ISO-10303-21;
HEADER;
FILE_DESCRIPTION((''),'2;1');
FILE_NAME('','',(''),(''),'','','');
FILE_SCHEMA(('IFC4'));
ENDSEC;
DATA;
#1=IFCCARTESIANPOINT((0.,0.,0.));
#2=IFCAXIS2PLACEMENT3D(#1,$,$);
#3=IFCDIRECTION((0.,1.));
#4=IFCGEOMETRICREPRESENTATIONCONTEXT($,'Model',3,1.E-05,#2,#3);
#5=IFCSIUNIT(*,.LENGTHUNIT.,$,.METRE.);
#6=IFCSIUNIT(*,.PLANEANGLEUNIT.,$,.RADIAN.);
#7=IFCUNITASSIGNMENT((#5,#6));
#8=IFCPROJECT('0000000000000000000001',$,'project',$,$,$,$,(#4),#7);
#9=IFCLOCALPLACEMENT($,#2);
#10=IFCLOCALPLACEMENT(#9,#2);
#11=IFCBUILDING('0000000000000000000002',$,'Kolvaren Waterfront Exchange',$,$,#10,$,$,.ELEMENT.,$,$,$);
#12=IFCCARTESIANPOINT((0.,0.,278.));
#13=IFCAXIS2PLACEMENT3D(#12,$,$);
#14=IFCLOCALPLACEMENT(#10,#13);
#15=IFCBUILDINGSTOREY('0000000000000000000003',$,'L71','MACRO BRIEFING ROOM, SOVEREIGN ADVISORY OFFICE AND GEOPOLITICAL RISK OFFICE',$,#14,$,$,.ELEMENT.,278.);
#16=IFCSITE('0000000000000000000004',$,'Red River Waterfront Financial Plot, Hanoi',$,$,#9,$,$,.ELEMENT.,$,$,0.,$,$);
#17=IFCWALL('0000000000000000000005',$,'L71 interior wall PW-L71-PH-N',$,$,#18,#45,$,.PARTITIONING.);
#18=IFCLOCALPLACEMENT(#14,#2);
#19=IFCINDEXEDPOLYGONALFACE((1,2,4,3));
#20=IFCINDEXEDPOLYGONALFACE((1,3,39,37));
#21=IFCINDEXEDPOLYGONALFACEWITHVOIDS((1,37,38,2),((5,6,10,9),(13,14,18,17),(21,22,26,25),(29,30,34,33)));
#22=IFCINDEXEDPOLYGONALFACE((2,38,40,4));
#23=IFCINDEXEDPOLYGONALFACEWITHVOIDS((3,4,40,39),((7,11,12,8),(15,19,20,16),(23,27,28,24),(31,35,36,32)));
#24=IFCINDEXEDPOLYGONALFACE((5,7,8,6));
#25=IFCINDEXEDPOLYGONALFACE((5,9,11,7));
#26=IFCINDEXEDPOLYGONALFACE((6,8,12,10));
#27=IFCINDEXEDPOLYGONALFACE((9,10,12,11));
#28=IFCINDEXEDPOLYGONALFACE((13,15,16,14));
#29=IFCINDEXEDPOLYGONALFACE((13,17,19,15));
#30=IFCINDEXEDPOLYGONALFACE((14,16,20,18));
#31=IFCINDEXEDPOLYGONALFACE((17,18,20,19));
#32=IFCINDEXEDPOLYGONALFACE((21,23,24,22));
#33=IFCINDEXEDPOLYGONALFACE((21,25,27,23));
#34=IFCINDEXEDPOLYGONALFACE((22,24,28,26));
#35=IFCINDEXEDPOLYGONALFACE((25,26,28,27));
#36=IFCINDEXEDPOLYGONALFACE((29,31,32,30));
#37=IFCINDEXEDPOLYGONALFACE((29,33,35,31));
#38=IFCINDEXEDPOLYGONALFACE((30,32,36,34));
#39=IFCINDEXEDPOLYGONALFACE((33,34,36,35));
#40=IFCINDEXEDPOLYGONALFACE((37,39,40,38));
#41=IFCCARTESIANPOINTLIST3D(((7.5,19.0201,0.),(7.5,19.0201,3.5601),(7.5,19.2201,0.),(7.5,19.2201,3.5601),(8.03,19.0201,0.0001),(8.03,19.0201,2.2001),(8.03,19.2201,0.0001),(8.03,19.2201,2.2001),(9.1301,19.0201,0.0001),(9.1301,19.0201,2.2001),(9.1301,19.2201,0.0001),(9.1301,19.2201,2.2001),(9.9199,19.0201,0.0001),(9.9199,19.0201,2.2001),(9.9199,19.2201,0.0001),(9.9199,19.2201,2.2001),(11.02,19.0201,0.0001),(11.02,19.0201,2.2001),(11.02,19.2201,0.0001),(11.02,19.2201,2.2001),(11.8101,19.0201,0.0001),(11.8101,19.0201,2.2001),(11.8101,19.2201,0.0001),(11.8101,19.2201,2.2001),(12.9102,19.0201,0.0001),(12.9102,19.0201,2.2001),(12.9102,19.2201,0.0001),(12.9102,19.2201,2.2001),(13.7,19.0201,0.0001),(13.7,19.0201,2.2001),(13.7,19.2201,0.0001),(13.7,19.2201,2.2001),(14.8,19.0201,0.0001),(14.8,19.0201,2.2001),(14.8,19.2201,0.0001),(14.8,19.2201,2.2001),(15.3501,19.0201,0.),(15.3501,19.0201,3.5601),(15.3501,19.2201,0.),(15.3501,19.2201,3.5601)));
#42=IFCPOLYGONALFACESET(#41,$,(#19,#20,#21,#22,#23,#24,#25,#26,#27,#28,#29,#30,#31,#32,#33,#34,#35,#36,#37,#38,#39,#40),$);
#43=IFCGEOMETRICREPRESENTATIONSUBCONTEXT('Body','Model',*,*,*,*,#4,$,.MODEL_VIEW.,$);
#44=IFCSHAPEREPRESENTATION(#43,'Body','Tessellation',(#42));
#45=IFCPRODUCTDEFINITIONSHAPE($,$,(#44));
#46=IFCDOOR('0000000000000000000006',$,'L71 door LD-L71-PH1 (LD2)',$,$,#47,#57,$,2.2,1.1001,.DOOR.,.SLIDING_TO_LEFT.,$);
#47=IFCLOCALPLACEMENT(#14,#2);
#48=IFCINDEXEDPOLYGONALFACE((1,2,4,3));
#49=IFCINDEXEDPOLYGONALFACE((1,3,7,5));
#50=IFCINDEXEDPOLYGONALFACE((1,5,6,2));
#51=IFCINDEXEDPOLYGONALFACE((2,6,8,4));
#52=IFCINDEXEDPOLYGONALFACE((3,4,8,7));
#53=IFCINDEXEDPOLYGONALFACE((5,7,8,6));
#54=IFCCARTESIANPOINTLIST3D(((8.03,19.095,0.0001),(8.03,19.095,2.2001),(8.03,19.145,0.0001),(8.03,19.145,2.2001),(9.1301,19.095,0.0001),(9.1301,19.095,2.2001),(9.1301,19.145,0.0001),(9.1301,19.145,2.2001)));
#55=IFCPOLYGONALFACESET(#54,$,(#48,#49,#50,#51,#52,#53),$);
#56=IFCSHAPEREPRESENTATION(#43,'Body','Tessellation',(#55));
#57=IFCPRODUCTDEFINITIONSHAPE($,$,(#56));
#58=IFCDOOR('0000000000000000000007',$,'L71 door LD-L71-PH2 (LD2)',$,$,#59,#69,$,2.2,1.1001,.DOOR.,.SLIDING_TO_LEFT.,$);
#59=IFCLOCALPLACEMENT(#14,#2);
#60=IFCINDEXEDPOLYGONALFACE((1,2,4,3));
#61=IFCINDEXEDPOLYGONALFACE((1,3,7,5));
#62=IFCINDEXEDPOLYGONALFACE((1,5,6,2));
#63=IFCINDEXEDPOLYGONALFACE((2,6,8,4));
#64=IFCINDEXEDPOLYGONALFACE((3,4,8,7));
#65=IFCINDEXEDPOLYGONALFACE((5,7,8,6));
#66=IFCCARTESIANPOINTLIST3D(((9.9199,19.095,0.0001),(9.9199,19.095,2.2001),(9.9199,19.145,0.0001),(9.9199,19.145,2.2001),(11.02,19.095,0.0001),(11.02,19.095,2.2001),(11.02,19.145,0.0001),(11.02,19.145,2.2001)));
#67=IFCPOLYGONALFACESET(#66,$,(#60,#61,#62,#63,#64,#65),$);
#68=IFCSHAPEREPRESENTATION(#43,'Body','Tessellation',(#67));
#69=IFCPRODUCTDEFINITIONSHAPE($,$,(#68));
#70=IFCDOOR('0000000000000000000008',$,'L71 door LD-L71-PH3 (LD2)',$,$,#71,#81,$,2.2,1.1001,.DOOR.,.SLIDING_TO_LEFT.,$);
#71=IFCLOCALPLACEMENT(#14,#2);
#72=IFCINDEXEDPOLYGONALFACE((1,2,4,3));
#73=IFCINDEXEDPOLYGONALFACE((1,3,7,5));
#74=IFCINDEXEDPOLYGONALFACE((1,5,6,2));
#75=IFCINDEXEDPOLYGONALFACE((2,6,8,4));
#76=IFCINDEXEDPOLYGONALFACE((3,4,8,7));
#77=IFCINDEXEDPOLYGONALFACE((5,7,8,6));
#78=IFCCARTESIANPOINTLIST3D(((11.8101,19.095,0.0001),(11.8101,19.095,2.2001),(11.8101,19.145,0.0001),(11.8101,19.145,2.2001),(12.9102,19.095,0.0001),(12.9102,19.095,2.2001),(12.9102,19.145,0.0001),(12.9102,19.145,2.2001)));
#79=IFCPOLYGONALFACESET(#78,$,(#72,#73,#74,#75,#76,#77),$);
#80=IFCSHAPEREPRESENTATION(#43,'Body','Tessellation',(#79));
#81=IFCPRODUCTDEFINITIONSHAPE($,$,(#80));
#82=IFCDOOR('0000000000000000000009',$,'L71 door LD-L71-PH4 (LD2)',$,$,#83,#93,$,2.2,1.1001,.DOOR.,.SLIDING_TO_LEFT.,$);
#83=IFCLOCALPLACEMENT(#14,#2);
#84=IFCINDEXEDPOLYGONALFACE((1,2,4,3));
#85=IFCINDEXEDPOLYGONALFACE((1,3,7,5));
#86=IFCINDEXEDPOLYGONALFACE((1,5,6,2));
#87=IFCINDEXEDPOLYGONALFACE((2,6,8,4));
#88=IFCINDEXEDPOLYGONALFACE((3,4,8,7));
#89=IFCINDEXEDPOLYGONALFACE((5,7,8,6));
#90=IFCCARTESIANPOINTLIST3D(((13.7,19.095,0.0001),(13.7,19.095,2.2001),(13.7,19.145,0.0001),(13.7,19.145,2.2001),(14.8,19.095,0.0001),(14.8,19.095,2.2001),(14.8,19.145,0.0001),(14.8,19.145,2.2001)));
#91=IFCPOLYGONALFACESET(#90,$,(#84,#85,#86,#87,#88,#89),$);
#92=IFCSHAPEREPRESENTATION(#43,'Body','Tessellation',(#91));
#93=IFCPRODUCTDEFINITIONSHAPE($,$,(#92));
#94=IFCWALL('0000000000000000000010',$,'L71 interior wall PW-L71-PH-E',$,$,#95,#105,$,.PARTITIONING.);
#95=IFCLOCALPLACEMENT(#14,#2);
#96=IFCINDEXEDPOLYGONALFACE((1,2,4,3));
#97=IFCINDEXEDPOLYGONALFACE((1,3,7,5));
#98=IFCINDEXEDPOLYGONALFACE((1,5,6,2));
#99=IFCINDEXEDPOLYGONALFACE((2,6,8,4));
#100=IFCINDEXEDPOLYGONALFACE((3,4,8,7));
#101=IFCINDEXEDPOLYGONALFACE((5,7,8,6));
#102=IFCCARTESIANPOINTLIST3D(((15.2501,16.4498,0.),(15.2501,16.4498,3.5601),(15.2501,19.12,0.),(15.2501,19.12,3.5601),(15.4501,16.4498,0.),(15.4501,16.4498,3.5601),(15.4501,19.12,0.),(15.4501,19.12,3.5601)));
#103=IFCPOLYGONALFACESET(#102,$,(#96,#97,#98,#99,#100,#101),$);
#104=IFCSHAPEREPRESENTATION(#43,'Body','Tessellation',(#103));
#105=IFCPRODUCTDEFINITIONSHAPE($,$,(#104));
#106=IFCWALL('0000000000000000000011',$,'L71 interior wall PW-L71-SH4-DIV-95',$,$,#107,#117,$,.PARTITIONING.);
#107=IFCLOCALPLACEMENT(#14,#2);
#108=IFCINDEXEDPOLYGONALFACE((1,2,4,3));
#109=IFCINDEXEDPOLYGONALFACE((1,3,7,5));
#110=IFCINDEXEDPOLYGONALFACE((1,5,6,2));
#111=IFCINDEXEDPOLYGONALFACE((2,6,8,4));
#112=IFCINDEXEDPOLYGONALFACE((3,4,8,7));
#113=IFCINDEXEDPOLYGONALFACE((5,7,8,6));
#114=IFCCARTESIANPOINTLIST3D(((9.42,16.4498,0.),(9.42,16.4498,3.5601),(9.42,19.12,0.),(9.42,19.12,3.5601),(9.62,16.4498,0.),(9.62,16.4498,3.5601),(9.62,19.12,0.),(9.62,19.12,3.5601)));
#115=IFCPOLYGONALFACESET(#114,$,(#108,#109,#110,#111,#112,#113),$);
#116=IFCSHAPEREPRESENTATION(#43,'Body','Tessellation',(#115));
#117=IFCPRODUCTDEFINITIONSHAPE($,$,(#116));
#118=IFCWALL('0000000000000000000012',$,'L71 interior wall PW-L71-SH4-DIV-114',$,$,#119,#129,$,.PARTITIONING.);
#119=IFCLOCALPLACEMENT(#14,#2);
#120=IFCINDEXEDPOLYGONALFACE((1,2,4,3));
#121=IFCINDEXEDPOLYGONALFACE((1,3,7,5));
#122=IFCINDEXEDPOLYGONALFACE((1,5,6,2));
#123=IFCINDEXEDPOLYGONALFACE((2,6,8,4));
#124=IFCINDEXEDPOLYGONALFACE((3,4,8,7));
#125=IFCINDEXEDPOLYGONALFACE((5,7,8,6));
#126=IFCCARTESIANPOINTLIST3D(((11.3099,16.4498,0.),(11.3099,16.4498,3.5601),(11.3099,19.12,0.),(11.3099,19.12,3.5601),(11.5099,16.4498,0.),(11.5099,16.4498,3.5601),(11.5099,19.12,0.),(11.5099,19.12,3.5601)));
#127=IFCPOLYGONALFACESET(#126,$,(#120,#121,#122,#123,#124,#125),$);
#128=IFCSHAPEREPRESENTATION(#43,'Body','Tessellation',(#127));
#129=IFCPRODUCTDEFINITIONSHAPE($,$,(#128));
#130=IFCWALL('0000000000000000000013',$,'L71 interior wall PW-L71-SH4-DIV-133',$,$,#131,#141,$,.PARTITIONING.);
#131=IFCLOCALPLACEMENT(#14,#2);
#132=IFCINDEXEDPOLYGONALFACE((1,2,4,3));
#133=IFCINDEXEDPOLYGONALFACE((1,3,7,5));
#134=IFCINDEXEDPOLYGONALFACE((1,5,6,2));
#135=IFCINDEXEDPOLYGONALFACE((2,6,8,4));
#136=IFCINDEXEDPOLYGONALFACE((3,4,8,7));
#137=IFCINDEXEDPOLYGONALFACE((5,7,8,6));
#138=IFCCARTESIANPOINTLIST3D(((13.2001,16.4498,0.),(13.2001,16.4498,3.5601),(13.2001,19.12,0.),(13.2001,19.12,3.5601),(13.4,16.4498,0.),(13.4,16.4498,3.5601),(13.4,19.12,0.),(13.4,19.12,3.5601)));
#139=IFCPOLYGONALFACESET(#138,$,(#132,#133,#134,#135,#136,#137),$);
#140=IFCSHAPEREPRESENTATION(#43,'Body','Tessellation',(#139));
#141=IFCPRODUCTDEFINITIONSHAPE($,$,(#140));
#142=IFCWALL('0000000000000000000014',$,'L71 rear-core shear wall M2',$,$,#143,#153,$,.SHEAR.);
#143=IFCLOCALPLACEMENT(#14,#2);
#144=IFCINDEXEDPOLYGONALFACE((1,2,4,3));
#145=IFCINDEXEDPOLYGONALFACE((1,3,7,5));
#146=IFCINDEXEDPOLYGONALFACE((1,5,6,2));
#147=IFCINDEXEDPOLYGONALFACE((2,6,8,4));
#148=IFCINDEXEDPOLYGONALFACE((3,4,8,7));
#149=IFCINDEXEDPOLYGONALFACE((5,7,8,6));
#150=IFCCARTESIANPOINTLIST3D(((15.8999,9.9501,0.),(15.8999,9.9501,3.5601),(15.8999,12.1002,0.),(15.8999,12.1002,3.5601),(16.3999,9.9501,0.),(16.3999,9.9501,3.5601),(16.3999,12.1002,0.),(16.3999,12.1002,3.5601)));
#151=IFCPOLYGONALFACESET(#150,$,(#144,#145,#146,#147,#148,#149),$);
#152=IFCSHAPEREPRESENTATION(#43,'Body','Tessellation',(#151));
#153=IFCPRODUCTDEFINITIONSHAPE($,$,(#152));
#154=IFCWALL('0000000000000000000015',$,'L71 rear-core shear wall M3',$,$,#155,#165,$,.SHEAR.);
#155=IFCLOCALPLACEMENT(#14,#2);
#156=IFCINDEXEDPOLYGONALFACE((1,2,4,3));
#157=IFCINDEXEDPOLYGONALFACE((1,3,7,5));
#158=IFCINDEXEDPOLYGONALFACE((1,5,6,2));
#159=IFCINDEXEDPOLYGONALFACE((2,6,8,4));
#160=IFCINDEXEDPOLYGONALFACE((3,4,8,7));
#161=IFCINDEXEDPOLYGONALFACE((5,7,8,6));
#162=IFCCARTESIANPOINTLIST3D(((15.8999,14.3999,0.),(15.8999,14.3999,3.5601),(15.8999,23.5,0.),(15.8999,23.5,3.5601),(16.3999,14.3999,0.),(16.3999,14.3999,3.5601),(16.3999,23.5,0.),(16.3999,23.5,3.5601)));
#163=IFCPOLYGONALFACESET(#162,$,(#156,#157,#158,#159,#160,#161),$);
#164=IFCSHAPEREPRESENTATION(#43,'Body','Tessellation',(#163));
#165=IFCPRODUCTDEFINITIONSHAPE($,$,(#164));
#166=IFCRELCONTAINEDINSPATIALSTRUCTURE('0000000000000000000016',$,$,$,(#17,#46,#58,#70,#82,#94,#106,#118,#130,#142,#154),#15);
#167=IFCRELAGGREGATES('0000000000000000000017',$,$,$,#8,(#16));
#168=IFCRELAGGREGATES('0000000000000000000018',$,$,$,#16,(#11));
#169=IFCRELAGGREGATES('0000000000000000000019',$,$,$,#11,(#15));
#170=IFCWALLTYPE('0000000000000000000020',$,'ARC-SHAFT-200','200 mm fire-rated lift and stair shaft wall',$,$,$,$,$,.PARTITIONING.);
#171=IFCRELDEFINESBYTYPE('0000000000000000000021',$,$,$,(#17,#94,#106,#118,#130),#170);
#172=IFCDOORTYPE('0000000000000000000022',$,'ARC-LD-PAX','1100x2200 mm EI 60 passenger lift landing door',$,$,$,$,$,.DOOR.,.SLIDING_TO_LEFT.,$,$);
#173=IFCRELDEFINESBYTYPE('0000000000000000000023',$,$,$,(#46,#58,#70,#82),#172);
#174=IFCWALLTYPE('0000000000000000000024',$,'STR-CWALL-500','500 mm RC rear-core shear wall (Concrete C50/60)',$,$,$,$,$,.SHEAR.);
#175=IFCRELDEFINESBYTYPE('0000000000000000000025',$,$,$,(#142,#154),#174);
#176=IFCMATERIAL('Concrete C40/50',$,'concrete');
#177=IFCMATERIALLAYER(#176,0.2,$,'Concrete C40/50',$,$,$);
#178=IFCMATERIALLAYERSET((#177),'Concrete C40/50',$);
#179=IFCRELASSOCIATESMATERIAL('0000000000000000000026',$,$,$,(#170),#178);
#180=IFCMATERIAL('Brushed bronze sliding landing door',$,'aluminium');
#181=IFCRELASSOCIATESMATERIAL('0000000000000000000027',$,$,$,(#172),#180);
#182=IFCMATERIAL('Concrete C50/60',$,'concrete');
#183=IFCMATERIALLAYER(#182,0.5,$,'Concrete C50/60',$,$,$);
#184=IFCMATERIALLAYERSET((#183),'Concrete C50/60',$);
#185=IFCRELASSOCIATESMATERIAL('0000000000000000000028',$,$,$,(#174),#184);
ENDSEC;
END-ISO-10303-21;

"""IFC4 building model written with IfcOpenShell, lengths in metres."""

from ifc_helpers import new_model, si_unit, direction, frame, frame_2d, origin, place, context, subcontext, project, spatial, rectangle, extrude, material, layer, layer_set, type_object, element, fill, save


model = new_model("IFC4")

# Units and contexts
model_context = context("Model", 3, precision=1e-05, world=origin(), true_north=direction((0.0, 1.0)))
body_context = subcontext(model_context, "Body", "Model", "MODEL_VIEW")
ifc_project = project(units=[si_unit("LENGTHUNIT", "METRE"), si_unit("PLANEANGLEUNIT", "RADIAN")], contexts=[model_context])

# Site, building, storey
site_placement = place(None, origin())
site = spatial("IfcSite", under=ifc_project, at=site_placement, Name="Red River Waterfront Financial Plot, Hanoi", CompositionType="ELEMENT", RefElevation=0.0)
building_placement = place(site_placement, origin())
building = spatial("IfcBuilding", under=site, at=building_placement, Name="Kolvaren Waterfront Exchange", CompositionType="ELEMENT")
storey_placement = place(building_placement, frame((0.0, 0.0, 278.0)))
storey = spatial("IfcBuildingStorey", under=building, at=storey_placement, Name="L71", Description="MACRO BRIEFING ROOM, SOVEREIGN ADVISORY OFFICE AND GEOPOLITICAL RISK OFFICE", CompositionType="ELEMENT", Elevation=278.0)

# Shared definitions
ifc_material_1 = material(Name="Concrete C40/50", Category="concrete")
ifc_layer_1 = layer(ifc_material_1, 0.2, Name="Concrete C40/50")
ifc_layer_set_1 = layer_set([ifc_layer_1], Name="Concrete C40/50")
wall_type_1 = type_object("IfcWallType", Name="ARC-SHAFT-200", Description="200 mm fire-rated lift and stair shaft wall", PredefinedType="PARTITIONING", material=ifc_layer_set_1)

# Wall, openings, doors
wall_1_placement = place(storey_placement, frame((7.5, 19.1201, 0.0), z_axis=(0.0, 0.0, 1.0), x_axis=(1.0, 0.0, 0.0)))
wall_1 = element("IfcWall", 1, at=wall_1_placement, inside=storey, type_object=wall_type_1, Name="L71 interior wall PW-L71-PH-N", PredefinedType="PARTITIONING", context=body_context, shape_type="SweptSolid", body=[
    extrude(rectangle(XDim=7.8501, YDim=0.2, at=frame_2d((3.925, 0.0))), origin(), (0.0, 0.0, 1.0), 3.5601),
])
opening_1_placement = place(wall_1_placement, frame((0.53, 0.0, 0.0)))
opening_1 = element("IfcOpeningElement", 2, at=opening_1_placement, cuts=wall_1, PredefinedType="OPENING", context=body_context, shape_type="SweptSolid", body=[
    extrude(rectangle(XDim=1.1001, YDim=2.2, at=frame_2d((0.55, 1.1001))), frame((0.0, 0.1099, 0.0), z_axis=(0.0, -1.0, 0.0), x_axis=(1.0, 0.0, 0.0)), (0.0, 0.0, 1.0), 0.22),
])
opening_2_placement = place(wall_1_placement, frame((2.4199, 0.0, 0.0)))
opening_2 = element("IfcOpeningElement", 3, at=opening_2_placement, cuts=wall_1, PredefinedType="OPENING", context=body_context, shape_type="SweptSolid", body=[
    extrude(rectangle(XDim=1.1001, YDim=2.2, at=frame_2d((0.55, 1.1001))), frame((0.0, 0.1099, 0.0), z_axis=(0.0, -1.0, 0.0), x_axis=(1.0, 0.0, 0.0)), (0.0, 0.0, 1.0), 0.22),
])
opening_3_placement = place(wall_1_placement, frame((4.3101, 0.0, 0.0)))
opening_3 = element("IfcOpeningElement", 4, at=opening_3_placement, cuts=wall_1, PredefinedType="OPENING", context=body_context, shape_type="SweptSolid", body=[
    extrude(rectangle(XDim=1.1001, YDim=2.2, at=frame_2d((0.55, 1.1001))), frame((0.0, 0.1099, 0.0), z_axis=(0.0, -1.0, 0.0), x_axis=(1.0, 0.0, 0.0)), (0.0, 0.0, 1.0), 0.22),
])
opening_4_placement = place(wall_1_placement, frame((6.2, 0.0, 0.0)))
opening_4 = element("IfcOpeningElement", 5, at=opening_4_placement, cuts=wall_1, PredefinedType="OPENING", context=body_context, shape_type="SweptSolid", body=[
    extrude(rectangle(XDim=1.1001, YDim=2.2, at=frame_2d((0.55, 1.1001))), frame((0.0, 0.1099, 0.0), z_axis=(0.0, -1.0, 0.0), x_axis=(1.0, 0.0, 0.0)), (0.0, 0.0, 1.0), 0.22),
])
ifc_material_2 = material(Name="Brushed bronze sliding landing door", Category="aluminium")
door_type_1 = type_object("IfcDoorType", Name="ARC-LD-PAX", Description="1100x2200 mm EI 60 passenger lift landing door", OperationType="SLIDING_TO_LEFT", PredefinedType="DOOR", material=ifc_material_2)
door_1_placement = place(opening_1_placement, origin())
door_1 = element("IfcDoor", 6, at=door_1_placement, inside=storey, type_object=door_type_1, Name="L71 door LD-L71-PH1 (LD2)", OperationType="SLIDING_TO_LEFT", OverallHeight=2.2, OverallWidth=1.1001, PredefinedType="DOOR", context=body_context, shape_type="SweptSolid", body=[
    extrude(rectangle(XDim=1.1001, YDim=2.2, at=frame_2d((0.55, 1.1001))), frame((0.0, 0.0249, 0.0), z_axis=(0.0, -1.0, 0.0), x_axis=(1.0, 0.0, 0.0)), (0.0, 0.0, 1.0), 0.05),
])
fill(opening_1, door_1)
door_2_placement = place(opening_2_placement, origin())
door_2 = element("IfcDoor", 7, at=door_2_placement, inside=storey, type_object=door_type_1, Name="L71 door LD-L71-PH2 (LD2)", OperationType="SLIDING_TO_LEFT", OverallHeight=2.2, OverallWidth=1.1001, PredefinedType="DOOR", context=body_context, shape_type="SweptSolid", body=[
    extrude(rectangle(XDim=1.1001, YDim=2.2, at=frame_2d((0.55, 1.1001))), frame((0.0, 0.0249, 0.0), z_axis=(0.0, -1.0, 0.0), x_axis=(1.0, 0.0, 0.0)), (0.0, 0.0, 1.0), 0.05),
])
fill(opening_2, door_2)
door_3_placement = place(opening_3_placement, origin())
door_3 = element("IfcDoor", 8, at=door_3_placement, inside=storey, type_object=door_type_1, Name="L71 door LD-L71-PH3 (LD2)", OperationType="SLIDING_TO_LEFT", OverallHeight=2.2, OverallWidth=1.1001, PredefinedType="DOOR", context=body_context, shape_type="SweptSolid", body=[
    extrude(rectangle(XDim=1.1001, YDim=2.2, at=frame_2d((0.55, 1.1001))), frame((0.0, 0.0249, 0.0), z_axis=(0.0, -1.0, 0.0), x_axis=(1.0, 0.0, 0.0)), (0.0, 0.0, 1.0), 0.05),
])
fill(opening_3, door_3)
door_4_placement = place(opening_4_placement, origin())
door_4 = element("IfcDoor", 9, at=door_4_placement, inside=storey, type_object=door_type_1, Name="L71 door LD-L71-PH4 (LD2)", OperationType="SLIDING_TO_LEFT", OverallHeight=2.2, OverallWidth=1.1001, PredefinedType="DOOR", context=body_context, shape_type="SweptSolid", body=[
    extrude(rectangle(XDim=1.1001, YDim=2.2, at=frame_2d((0.55, 1.1001))), frame((0.0, 0.0249, 0.0), z_axis=(0.0, -1.0, 0.0), x_axis=(1.0, 0.0, 0.0)), (0.0, 0.0, 1.0), 0.05),
])
fill(opening_4, door_4)

# Walls
for number, where, z_axis, x_axis, name in (
    (10, (15.3501, 16.45, 0.0), (0.0, 0.0, 1.0), (0.0, 1.0, 0.0), "L71 interior wall PW-L71-PH-E"),
    (11, (9.52, 16.45, 0.0), (0.0, 0.0, 1.0), (0.0, 1.0, 0.0), "L71 interior wall PW-L71-SH4-DIV-95"),
    (12, (11.4099, 16.45, 0.0), (0.0, 0.0, 1.0), (0.0, 1.0, 0.0), "L71 interior wall PW-L71-SH4-DIV-114"),
    (13, (13.3, 16.45, 0.0), (0.0, 0.0, 1.0), (0.0, 1.0, 0.0), "L71 interior wall PW-L71-SH4-DIV-133"),
):
    element("IfcWall", number, at=place(storey_placement, frame(where, z_axis=z_axis, x_axis=x_axis)), inside=storey, type_object=wall_type_1, Name=name, PredefinedType="PARTITIONING", context=body_context, shape_type="SweptSolid", body=[
        extrude(rectangle(XDim=2.6702, YDim=0.2, at=frame_2d((1.335, 0.0))), origin(), (0.0, 0.0, 1.0), 3.5601),
    ])
ifc_material_3 = material(Name="Concrete C50/60", Category="concrete")
ifc_layer_2 = layer(ifc_material_3, 0.5, Name="Concrete C50/60")
ifc_layer_set_2 = layer_set([ifc_layer_2], Name="Concrete C50/60")
wall_type_2 = type_object("IfcWallType", Name="STR-CWALL-500", Description="500 mm RC rear-core shear wall (Concrete C50/60)", PredefinedType="SHEAR", material=ifc_layer_set_2)
wall_2_placement = place(storey_placement, frame((16.1499, 9.95, 0.0), z_axis=(0.0, 0.0, 1.0), x_axis=(0.0, 1.0, 0.0)))
element("IfcWall", 14, at=wall_2_placement, inside=storey, type_object=wall_type_2, Name="L71 rear-core shear wall M2", PredefinedType="SHEAR", context=body_context, shape_type="SweptSolid", body=[
    extrude(rectangle(XDim=2.1501, YDim=0.5, at=frame_2d((1.0752, 0.0))), origin(), (0.0, 0.0, 1.0), 3.5601),
])
wall_3_placement = place(storey_placement, frame((16.1499, 14.3999, 0.0), z_axis=(0.0, 0.0, 1.0), x_axis=(0.0, 1.0, 0.0)))
element("IfcWall", 15, at=wall_3_placement, inside=storey, type_object=wall_type_2, Name="L71 rear-core shear wall M3", PredefinedType="SHEAR", context=body_context, shape_type="SweptSolid", body=[
    extrude(rectangle(XDim=9.1001, YDim=0.5, at=frame_2d((4.55, 0.0))), origin(), (0.0, 0.0, 1.0), 3.5601),
])

save(model, "model.ifc")
